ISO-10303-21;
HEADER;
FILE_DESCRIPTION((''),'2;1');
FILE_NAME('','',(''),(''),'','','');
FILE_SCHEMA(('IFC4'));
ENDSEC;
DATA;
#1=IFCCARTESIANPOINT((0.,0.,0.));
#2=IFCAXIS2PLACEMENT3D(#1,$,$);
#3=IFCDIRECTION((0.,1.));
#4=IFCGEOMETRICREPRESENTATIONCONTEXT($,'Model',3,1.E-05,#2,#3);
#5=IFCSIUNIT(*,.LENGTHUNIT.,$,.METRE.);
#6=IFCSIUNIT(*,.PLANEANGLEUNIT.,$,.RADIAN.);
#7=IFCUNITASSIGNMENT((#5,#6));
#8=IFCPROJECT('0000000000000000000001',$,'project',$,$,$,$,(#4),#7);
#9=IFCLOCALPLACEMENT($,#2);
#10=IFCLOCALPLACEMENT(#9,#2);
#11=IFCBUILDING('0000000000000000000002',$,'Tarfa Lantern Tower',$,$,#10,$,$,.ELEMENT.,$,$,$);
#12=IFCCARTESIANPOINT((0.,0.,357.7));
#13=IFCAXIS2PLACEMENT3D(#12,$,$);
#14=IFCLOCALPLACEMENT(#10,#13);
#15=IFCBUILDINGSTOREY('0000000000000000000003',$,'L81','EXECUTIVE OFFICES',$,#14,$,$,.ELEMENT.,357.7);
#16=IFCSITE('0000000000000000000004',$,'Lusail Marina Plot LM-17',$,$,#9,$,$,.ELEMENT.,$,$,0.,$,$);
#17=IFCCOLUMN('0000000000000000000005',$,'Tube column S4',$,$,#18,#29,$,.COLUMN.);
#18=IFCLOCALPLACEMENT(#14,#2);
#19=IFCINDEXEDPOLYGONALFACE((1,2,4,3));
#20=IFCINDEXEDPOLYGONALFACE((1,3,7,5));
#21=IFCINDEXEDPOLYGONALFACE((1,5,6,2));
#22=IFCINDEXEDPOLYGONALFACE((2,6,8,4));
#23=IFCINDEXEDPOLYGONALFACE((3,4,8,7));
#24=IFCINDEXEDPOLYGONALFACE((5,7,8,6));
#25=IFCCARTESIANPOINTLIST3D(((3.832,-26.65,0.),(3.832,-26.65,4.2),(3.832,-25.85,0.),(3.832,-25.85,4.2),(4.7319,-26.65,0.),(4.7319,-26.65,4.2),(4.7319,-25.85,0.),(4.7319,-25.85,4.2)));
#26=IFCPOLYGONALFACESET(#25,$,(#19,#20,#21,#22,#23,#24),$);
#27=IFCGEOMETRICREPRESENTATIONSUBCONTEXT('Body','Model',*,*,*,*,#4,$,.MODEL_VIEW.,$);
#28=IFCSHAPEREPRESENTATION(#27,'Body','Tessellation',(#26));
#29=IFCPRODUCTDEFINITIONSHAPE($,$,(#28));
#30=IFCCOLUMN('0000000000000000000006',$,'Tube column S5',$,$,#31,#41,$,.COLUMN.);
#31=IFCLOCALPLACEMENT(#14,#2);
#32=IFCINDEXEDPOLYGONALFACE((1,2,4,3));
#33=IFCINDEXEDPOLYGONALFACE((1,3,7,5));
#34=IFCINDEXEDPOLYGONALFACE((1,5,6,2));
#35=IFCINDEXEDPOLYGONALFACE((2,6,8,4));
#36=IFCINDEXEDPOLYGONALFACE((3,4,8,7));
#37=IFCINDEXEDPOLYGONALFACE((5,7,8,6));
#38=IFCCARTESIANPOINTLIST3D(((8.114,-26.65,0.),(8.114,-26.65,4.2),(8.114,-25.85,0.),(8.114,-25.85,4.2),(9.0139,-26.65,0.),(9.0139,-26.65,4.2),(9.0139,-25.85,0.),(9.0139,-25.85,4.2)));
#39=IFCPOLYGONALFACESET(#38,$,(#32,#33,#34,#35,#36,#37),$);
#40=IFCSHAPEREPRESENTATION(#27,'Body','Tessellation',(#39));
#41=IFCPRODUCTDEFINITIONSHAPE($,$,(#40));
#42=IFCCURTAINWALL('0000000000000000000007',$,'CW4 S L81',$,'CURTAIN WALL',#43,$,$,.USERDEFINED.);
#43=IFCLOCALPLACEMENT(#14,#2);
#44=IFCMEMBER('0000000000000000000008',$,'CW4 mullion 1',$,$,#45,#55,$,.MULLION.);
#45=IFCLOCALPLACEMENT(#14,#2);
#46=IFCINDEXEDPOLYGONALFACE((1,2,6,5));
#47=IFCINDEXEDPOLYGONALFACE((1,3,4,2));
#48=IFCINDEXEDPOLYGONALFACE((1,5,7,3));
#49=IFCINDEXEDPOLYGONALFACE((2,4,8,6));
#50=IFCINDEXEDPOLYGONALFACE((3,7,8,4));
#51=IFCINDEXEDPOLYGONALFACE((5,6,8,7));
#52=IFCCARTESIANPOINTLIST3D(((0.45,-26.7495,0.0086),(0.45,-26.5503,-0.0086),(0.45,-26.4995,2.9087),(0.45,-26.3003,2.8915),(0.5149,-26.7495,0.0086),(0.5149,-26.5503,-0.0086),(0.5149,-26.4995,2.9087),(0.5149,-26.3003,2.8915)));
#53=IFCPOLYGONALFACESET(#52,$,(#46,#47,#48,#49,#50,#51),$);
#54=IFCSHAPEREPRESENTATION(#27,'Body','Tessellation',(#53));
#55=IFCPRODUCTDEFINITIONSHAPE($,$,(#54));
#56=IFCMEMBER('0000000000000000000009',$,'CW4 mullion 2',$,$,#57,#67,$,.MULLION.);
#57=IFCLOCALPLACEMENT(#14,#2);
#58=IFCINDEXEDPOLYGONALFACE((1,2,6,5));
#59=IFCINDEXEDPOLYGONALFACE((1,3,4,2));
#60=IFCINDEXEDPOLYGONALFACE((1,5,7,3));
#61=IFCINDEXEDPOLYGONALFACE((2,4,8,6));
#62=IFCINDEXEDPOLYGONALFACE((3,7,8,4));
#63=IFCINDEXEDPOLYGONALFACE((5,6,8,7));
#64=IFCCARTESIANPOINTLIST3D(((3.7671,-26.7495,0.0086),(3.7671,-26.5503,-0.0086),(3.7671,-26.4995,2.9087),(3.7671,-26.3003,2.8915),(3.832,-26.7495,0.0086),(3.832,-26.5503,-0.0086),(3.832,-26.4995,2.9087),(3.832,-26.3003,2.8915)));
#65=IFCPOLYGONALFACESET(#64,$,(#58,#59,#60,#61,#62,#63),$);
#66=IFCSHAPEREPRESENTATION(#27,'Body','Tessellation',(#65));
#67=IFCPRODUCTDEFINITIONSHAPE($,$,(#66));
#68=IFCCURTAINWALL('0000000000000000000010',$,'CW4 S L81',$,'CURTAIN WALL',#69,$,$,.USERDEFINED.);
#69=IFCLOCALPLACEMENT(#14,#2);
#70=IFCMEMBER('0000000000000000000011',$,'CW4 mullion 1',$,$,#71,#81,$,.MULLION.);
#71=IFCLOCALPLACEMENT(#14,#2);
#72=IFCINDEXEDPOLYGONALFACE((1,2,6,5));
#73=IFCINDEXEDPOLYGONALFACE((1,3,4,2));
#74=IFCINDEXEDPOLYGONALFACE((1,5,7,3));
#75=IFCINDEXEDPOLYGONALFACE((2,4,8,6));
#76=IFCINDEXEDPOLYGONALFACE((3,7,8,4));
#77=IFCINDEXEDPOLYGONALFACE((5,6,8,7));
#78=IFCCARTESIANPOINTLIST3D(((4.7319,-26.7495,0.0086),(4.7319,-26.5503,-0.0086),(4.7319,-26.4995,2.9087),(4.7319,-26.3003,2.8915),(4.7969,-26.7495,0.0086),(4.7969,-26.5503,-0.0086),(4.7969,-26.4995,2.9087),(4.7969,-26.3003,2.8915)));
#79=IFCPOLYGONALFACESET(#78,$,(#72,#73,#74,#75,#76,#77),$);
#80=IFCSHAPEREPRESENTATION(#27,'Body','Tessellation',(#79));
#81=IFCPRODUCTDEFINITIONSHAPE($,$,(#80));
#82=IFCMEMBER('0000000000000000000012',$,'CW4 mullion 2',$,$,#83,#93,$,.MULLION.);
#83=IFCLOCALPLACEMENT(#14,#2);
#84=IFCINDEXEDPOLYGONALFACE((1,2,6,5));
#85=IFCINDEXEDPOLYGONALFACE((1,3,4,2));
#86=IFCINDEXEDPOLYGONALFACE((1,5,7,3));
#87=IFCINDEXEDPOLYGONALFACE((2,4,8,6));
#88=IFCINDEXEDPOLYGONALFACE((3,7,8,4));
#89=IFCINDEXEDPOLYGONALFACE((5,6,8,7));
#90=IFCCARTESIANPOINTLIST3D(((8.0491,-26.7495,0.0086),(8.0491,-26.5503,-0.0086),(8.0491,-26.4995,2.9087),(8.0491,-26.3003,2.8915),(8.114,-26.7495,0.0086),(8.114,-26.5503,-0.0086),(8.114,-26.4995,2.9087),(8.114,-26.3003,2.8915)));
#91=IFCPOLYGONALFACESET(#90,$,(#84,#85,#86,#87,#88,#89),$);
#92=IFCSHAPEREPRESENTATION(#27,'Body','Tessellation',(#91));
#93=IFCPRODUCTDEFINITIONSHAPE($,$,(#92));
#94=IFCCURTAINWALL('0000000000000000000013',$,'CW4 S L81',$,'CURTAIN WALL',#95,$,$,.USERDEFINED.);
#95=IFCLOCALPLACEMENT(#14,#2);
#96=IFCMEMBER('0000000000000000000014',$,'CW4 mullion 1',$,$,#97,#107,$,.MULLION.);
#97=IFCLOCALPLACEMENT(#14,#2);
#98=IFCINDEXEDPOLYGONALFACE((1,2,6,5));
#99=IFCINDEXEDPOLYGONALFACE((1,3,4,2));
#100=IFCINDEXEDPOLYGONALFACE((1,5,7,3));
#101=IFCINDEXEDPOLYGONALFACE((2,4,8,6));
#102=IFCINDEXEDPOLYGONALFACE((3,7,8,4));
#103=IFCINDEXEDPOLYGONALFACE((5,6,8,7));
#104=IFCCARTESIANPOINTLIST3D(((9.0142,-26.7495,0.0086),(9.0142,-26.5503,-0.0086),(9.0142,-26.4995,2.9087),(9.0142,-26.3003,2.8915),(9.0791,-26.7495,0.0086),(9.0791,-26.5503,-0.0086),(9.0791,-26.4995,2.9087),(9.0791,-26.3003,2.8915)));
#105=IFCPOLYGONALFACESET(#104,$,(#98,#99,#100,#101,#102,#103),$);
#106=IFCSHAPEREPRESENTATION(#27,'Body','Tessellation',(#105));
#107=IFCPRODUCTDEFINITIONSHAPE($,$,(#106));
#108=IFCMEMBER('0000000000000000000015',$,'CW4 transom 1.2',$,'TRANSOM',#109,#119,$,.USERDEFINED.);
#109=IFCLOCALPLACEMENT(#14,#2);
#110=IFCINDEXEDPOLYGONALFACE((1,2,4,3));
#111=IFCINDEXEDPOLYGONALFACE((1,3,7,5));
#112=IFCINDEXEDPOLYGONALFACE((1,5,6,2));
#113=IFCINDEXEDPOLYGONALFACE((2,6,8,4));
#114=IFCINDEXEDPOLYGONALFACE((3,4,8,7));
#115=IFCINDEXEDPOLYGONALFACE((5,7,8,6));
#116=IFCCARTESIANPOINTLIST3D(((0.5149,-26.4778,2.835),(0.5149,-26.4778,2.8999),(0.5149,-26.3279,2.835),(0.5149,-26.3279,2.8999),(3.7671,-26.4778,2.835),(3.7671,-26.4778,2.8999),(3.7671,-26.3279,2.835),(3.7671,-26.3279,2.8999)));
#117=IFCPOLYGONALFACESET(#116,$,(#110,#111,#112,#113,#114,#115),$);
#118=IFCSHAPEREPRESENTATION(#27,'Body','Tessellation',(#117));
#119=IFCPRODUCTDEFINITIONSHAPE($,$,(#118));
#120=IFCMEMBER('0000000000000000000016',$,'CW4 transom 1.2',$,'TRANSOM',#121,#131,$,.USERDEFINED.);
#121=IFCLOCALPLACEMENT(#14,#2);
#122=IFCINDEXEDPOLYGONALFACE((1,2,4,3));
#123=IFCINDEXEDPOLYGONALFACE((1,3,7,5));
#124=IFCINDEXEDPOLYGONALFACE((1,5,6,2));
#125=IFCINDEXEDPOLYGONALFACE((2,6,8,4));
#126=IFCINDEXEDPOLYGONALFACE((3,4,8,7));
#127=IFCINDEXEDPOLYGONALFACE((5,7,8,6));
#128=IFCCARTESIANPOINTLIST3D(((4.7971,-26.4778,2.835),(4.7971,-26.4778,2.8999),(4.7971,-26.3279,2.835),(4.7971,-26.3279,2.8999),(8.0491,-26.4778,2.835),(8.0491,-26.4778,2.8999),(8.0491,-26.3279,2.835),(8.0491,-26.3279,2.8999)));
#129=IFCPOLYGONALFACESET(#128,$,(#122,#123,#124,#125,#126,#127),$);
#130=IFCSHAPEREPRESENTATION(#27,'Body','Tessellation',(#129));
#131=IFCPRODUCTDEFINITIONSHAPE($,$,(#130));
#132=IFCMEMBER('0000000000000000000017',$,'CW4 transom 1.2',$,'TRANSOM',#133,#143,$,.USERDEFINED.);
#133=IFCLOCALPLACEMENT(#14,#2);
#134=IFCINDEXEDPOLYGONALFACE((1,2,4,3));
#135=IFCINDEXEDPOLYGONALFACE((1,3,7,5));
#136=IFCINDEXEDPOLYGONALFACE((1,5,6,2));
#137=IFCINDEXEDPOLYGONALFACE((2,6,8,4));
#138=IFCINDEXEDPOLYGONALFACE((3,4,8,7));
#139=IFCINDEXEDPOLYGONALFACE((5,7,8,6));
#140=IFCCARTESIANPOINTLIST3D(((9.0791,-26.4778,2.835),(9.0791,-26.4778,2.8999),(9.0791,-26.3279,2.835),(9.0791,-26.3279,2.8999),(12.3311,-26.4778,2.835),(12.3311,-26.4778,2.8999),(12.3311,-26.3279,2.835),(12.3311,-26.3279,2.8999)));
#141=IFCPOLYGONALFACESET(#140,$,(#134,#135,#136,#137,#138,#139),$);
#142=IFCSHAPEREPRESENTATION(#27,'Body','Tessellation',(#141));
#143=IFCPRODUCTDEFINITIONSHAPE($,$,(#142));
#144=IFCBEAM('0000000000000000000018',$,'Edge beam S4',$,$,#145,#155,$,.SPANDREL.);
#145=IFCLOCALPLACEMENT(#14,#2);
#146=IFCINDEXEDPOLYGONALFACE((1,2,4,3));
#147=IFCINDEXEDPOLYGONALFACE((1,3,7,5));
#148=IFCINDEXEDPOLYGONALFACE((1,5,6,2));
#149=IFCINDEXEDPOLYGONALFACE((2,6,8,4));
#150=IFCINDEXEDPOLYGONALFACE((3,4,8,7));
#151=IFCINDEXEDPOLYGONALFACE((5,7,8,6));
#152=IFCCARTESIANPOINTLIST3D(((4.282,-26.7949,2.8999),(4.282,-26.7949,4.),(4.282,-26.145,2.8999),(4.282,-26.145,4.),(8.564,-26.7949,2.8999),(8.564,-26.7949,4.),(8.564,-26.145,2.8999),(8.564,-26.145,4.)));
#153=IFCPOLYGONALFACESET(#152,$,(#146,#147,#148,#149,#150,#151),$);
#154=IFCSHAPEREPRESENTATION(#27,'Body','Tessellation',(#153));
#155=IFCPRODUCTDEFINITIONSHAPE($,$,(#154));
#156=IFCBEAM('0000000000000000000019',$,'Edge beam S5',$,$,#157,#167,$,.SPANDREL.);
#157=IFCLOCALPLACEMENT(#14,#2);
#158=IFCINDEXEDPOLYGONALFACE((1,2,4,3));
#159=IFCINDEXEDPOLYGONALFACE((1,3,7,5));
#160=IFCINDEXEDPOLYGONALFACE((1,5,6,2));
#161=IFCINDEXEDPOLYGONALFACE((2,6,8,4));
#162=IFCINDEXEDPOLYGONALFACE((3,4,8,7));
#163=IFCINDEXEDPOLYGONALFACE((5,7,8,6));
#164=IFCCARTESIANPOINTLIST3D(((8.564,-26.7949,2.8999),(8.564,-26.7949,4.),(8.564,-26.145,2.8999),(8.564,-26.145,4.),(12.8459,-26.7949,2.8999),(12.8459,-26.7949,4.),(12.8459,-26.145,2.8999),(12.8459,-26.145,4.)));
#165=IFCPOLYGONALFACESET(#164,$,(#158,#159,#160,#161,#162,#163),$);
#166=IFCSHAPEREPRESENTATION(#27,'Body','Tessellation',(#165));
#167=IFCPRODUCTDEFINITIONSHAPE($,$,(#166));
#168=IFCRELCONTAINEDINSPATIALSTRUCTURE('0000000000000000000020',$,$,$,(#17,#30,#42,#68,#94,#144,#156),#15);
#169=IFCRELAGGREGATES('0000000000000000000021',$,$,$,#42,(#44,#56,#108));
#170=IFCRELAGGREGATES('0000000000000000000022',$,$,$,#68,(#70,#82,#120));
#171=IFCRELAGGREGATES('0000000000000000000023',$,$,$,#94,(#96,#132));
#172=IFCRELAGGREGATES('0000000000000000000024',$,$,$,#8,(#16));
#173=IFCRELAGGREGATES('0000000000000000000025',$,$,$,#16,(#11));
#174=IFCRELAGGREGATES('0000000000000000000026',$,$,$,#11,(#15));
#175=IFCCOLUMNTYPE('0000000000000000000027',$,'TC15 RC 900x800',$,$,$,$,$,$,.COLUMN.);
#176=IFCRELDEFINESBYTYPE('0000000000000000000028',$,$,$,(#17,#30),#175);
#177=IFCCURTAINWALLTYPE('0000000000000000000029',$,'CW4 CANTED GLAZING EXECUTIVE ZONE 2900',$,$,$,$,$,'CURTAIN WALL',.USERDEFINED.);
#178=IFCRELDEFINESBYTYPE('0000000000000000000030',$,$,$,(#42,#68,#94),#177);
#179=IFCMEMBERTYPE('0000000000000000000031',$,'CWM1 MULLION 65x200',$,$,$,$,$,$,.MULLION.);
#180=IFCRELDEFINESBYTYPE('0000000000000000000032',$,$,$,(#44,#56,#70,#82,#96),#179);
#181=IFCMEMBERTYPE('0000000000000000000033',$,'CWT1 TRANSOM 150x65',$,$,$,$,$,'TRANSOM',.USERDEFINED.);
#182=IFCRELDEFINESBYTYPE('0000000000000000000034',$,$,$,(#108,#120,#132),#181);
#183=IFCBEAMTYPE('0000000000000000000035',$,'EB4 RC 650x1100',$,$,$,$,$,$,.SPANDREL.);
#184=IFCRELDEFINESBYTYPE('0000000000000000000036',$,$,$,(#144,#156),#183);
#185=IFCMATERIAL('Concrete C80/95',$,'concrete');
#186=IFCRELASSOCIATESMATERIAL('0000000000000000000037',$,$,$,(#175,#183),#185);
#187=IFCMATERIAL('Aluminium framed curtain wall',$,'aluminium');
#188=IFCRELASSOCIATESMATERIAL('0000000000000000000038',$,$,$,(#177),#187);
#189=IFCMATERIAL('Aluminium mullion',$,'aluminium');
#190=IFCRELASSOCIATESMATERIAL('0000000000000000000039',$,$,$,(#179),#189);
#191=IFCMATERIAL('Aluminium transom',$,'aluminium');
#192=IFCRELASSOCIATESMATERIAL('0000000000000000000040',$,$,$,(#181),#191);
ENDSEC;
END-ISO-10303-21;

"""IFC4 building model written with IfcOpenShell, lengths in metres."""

from ifc_helpers import new_model, si_unit, direction, frame, origin, origin_2d, place, context, subcontext, project, spatial, rectangle, extrude, material, material_profile, profile_set, type_object, element, aggregate, save


model = new_model("IFC4")

# Units and contexts
model_context = context("Model", 3, precision=1e-05, world=origin(), true_north=direction((0.0, 1.0)))
body_context = subcontext(model_context, "Body", "Model", "MODEL_VIEW")
ifc_project = project(units=[si_unit("LENGTHUNIT", "METRE"), si_unit("PLANEANGLEUNIT", "RADIAN")], contexts=[model_context])

# Site, building, storey
site_placement = place(None, origin())
site = spatial("IfcSite", under=ifc_project, at=site_placement, Name="Lusail Marina Plot LM-17", CompositionType="ELEMENT", RefElevation=0.0)
building_placement = place(site_placement, origin())
building = spatial("IfcBuilding", under=site, at=building_placement, Name="Tarfa Lantern Tower", CompositionType="ELEMENT")
storey_placement = place(building_placement, frame((0.0, 0.0, 357.7)))
storey = spatial("IfcBuildingStorey", under=building, at=storey_placement, Name="L81", Description="EXECUTIVE OFFICES", CompositionType="ELEMENT", Elevation=357.7)

# Columns
ifc_material_1 = material(Name="Concrete C80/95", Category="concrete")
ifc_material_profile_1 = material_profile(ifc_material_1, rectangle(XDim=0.8999, YDim=0.8, at=origin_2d()), Name="RC 900x800")
ifc_profile_set_1 = profile_set([ifc_material_profile_1], Name="Concrete C80/95")
column_type = type_object("IfcColumnType", Name="TC15 RC 900x800", PredefinedType="COLUMN", material=ifc_profile_set_1)
for number, where, z_axis, x_axis, name in (
    (1, (4.282, -26.25, 0.0), (0.0, 0.0, 1.0), (1.0, 0.0, 0.0), "Tube column S4"),
    (2, (8.564, -26.25, 0.0), (0.0, 0.0, 1.0), (1.0, 0.0, 0.0), "Tube column S5"),
):
    element("IfcColumn", number, at=place(storey_placement, frame(where, z_axis=z_axis, x_axis=x_axis)), inside=storey, type_object=column_type, Name=name, PredefinedType="COLUMN", context=body_context, shape_type="SweptSolid", body=[
        extrude(rectangle(XDim=0.8999, YDim=0.8, at=origin_2d()), origin(), (0.0, 0.0, 1.0), 4.2),
    ])

# Curtain walls, members
ifc_material_2 = material(Name="Aluminium framed curtain wall", Category="aluminium")
curtain_wall_type = type_object("IfcCurtainWallType", Name="CW4 CANTED GLAZING EXECUTIVE ZONE 2900", ElementType="CURTAIN WALL", PredefinedType="USERDEFINED", material=ifc_material_2)
curtain_wall_1_placement = place(storey_placement, origin())
curtain_wall_1 = element("IfcCurtainWall", 3, at=curtain_wall_1_placement, inside=storey, type_object=curtain_wall_type, Name="CW4 S L81", ObjectType="CURTAIN WALL", PredefinedType="USERDEFINED")
ifc_material_3 = material(Name="Aluminium mullion", Category="aluminium")
ifc_material_profile_2 = material_profile(ifc_material_3, rectangle(XDim=0.0649, YDim=0.2, at=origin_2d()), Name="AL MULLION 65x200")
ifc_profile_set_2 = profile_set([ifc_material_profile_2], Name="Aluminium mullion")
member_type_1 = type_object("IfcMemberType", Name="CWM1 MULLION 65x200", PredefinedType="MULLION", material=ifc_profile_set_2)
member_1_placement = place(storey_placement, frame((0.4824, -26.6499, 0.0), z_axis=(0.0, 0.085884, 0.996305), x_axis=(-1.0, 0.0, 0.0)))
member_1 = element("IfcMember", 4, at=member_1_placement, type_object=member_type_1, Name="CW4 mullion 1", PredefinedType="MULLION", context=body_context, shape_type="SweptSolid", body=[
    extrude(rectangle(XDim=0.0649, YDim=0.2, at=origin_2d()), origin(), (0.0, 0.0, 1.0), 2.9109),
])
member_2_placement = place(storey_placement, frame((3.7996, -26.6499, 0.0), z_axis=(0.0, 0.085884, 0.996305), x_axis=(-1.0, 0.0, 0.0)))
member_2 = element("IfcMember", 5, at=member_2_placement, type_object=member_type_1, Name="CW4 mullion 2", PredefinedType="MULLION", context=body_context, shape_type="SweptSolid", body=[
    extrude(rectangle(XDim=0.0649, YDim=0.2, at=origin_2d()), origin(), (0.0, 0.0, 1.0), 2.9109),
])
curtain_wall_2_placement = place(storey_placement, origin())
curtain_wall_2 = element("IfcCurtainWall", 6, at=curtain_wall_2_placement, inside=storey, type_object=curtain_wall_type, Name="CW4 S L81", ObjectType="CURTAIN WALL", PredefinedType="USERDEFINED")
member_3_placement = place(storey_placement, frame((4.7644, -26.6499, 0.0), z_axis=(0.0, 0.085884, 0.996305), x_axis=(-1.0, 0.0, 0.0)))
member_3 = element("IfcMember", 7, at=member_3_placement, type_object=member_type_1, Name="CW4 mullion 1", PredefinedType="MULLION", context=body_context, shape_type="SweptSolid", body=[
    extrude(rectangle(XDim=0.0649, YDim=0.2, at=origin_2d()), origin(), (0.0, 0.0, 1.0), 2.9109),
])
member_4_placement = place(storey_placement, frame((8.0815, -26.6499, 0.0), z_axis=(0.0, 0.085884, 0.996305), x_axis=(-1.0, 0.0, 0.0)))
member_4 = element("IfcMember", 8, at=member_4_placement, type_object=member_type_1, Name="CW4 mullion 2", PredefinedType="MULLION", context=body_context, shape_type="SweptSolid", body=[
    extrude(rectangle(XDim=0.0649, YDim=0.2, at=origin_2d()), origin(), (0.0, 0.0, 1.0), 2.9109),
])

# Curtain wall, member
curtain_wall_3_placement = place(storey_placement, origin())
curtain_wall_3 = element("IfcCurtainWall", 9, at=curtain_wall_3_placement, inside=storey, type_object=curtain_wall_type, Name="CW4 S L81", ObjectType="CURTAIN WALL", PredefinedType="USERDEFINED")
member_5_placement = place(storey_placement, frame((9.0466, -26.6499, 0.0), z_axis=(0.0, 0.085884, 0.996305), x_axis=(-1.0, 0.0, 0.0)))
member_5 = element("IfcMember", 10, at=member_5_placement, type_object=member_type_1, Name="CW4 mullion 1", PredefinedType="MULLION", context=body_context, shape_type="SweptSolid", body=[
    extrude(rectangle(XDim=0.0649, YDim=0.2, at=origin_2d()), origin(), (0.0, 0.0, 1.0), 2.9109),
])

# Members
ifc_material_4 = material(Name="Aluminium transom", Category="aluminium")
ifc_material_profile_3 = material_profile(ifc_material_4, rectangle(XDim=0.1499, YDim=0.0649, at=origin_2d()), Name="AL TRANSOM 150x65")
ifc_profile_set_3 = profile_set([ifc_material_profile_3], Name="Aluminium transom")
member_type_2 = type_object("IfcMemberType", Name="CWT1 TRANSOM 150x65", ElementType="TRANSOM", PredefinedType="USERDEFINED", material=ifc_profile_set_3)
member_6_placement = place(storey_placement, frame((0.5149, -26.4028, 2.8674), z_axis=(1.0, 0.0, 0.0), x_axis=(0.0, 1.0, 0.0)))
member_6 = element("IfcMember", 11, at=member_6_placement, type_object=member_type_2, Name="CW4 transom 1.2", ObjectType="TRANSOM", PredefinedType="USERDEFINED", context=body_context, shape_type="SweptSolid", body=[
    extrude(rectangle(XDim=0.1499, YDim=0.0649, at=origin_2d()), origin(), (0.0, 0.0, 1.0), 3.2522),
])
member_7_placement = place(storey_placement, frame((4.7971, -26.4028, 2.8674), z_axis=(1.0, 0.0, 0.0), x_axis=(0.0, 1.0, 0.0)))
member_7 = element("IfcMember", 12, at=member_7_placement, type_object=member_type_2, Name="CW4 transom 1.2", ObjectType="TRANSOM", PredefinedType="USERDEFINED", context=body_context, shape_type="SweptSolid", body=[
    extrude(rectangle(XDim=0.1499, YDim=0.0649, at=origin_2d()), origin(), (0.0, 0.0, 1.0), 3.252),
])
member_8_placement = place(storey_placement, frame((9.0791, -26.4028, 2.8674), z_axis=(1.0, 0.0, 0.0), x_axis=(0.0, 1.0, 0.0)))
member_8 = element("IfcMember", 13, at=member_8_placement, type_object=member_type_2, Name="CW4 transom 1.2", ObjectType="TRANSOM", PredefinedType="USERDEFINED", context=body_context, shape_type="SweptSolid", body=[
    extrude(rectangle(XDim=0.1499, YDim=0.0649, at=origin_2d()), origin(), (0.0, 0.0, 1.0), 3.252),
])

# Beams
ifc_material_profile_4 = material_profile(ifc_material_1, rectangle(XDim=0.6499, YDim=1.1001, at=origin_2d()), Name="RC 650x1100")
ifc_profile_set_4 = profile_set([ifc_material_profile_4], Name="Concrete C80/95")
beam_type_1 = type_object("IfcBeamType", Name="EB4 RC 650x1100", PredefinedType="SPANDREL", material=ifc_profile_set_4)
for number, where, z_axis, x_axis, name in (
    (14, (4.282, -26.47, 3.45), (1.0, 0.0, 0.0), (0.0, 1.0, 0.0), "Edge beam S4"),
    (15, (8.564, -26.47, 3.45), (1.0, 0.0, 0.0), (0.0, 1.0, 0.0), "Edge beam S5"),
):
    element("IfcBeam", number, at=place(storey_placement, frame(where, z_axis=z_axis, x_axis=x_axis)), inside=storey, type_object=beam_type_1, Name=name, PredefinedType="SPANDREL", context=body_context, shape_type="SweptSolid", body=[
        extrude(rectangle(XDim=0.6499, YDim=1.1001, at=origin_2d()), origin(), (0.0, 0.0, 1.0), 4.282),
    ])

aggregate(curtain_wall_1, [member_1, member_2, member_6])
aggregate(curtain_wall_2, [member_3, member_4, member_7])
aggregate(curtain_wall_3, [member_5, member_8])

save(model, "model.ifc")
